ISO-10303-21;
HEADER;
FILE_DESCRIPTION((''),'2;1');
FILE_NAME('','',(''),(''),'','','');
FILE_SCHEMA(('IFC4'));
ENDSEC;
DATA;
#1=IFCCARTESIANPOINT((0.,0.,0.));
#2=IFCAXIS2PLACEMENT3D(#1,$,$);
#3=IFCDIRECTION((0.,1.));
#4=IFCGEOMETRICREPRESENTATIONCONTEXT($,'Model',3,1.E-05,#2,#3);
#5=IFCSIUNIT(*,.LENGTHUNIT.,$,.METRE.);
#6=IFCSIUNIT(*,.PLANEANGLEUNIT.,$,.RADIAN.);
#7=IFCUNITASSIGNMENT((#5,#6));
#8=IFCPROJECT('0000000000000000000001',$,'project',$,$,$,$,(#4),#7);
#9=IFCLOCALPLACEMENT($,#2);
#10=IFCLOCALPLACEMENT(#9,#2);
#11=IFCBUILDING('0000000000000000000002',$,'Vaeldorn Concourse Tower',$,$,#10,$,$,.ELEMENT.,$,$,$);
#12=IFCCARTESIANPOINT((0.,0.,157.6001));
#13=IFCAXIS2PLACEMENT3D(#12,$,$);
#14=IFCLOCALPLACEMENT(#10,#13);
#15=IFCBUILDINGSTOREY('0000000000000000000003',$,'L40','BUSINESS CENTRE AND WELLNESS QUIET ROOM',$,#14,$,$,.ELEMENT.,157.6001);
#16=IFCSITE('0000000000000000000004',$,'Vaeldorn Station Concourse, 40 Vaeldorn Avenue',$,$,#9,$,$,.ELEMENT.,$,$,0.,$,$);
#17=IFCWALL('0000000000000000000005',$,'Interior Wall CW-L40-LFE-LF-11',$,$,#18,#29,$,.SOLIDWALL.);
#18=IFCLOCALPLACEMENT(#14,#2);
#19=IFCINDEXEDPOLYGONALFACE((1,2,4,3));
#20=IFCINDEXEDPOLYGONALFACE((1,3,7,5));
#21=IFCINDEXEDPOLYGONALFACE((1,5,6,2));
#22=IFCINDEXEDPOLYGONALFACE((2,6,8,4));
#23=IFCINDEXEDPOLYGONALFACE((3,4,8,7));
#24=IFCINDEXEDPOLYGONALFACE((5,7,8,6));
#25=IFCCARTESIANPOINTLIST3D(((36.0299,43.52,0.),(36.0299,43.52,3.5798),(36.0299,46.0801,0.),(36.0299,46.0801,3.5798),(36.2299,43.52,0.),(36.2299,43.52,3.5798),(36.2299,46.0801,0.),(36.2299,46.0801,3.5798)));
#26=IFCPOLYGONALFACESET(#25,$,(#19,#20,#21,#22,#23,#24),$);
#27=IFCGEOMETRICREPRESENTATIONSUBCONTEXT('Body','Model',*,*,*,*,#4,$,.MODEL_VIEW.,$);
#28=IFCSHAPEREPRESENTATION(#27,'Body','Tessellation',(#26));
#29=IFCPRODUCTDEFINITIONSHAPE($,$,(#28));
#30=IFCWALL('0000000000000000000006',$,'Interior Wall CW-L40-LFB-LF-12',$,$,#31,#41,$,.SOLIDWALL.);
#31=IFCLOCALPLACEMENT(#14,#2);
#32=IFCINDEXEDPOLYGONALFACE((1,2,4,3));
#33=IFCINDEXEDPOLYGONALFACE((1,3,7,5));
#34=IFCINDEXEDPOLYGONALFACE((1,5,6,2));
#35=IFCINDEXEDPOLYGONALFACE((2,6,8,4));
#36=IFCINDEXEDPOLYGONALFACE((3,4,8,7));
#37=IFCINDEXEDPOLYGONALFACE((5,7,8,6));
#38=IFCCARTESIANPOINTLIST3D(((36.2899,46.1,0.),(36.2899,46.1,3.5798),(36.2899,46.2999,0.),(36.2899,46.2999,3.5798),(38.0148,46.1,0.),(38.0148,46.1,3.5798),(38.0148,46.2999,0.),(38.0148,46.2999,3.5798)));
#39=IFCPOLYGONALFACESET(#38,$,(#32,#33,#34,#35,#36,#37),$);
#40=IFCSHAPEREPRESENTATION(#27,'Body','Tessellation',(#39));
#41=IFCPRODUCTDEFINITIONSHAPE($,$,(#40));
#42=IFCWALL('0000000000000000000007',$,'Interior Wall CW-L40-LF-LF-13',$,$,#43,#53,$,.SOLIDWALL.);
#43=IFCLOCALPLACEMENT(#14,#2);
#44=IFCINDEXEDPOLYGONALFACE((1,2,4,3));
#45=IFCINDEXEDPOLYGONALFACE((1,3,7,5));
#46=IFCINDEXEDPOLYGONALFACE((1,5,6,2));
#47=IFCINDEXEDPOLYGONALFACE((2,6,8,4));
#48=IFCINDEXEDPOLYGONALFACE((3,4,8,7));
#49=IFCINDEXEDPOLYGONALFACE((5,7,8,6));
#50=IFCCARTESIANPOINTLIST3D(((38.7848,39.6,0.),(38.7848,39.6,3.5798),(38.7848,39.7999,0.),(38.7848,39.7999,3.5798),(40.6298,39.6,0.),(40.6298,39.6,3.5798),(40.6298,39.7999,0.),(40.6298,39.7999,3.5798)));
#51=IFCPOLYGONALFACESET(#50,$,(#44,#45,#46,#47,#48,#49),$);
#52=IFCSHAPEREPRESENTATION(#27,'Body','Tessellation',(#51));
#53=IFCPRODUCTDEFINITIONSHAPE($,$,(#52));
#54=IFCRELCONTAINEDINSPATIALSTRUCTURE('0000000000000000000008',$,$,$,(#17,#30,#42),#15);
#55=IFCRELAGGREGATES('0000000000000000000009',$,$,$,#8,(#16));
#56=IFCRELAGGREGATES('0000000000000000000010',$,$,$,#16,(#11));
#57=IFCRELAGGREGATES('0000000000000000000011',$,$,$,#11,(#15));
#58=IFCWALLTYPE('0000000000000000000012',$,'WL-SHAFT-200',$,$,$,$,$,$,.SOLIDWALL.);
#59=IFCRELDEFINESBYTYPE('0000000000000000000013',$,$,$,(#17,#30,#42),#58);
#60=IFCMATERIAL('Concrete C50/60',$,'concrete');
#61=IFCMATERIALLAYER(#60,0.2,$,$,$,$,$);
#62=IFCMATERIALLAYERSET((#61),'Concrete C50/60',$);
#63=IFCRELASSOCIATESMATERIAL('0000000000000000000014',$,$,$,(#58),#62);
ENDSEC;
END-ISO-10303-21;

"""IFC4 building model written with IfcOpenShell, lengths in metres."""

from ifc_helpers import new_model, si_unit, direction, frame, frame_2d, origin, place, context, subcontext, project, spatial, rectangle, extrude, material, layer, layer_set, type_object, element, save


model = new_model("IFC4")

# Units and contexts
model_context = context("Model", 3, precision=1e-05, world=origin(), true_north=direction((0.0, 1.0)))
body_context = subcontext(model_context, "Body", "Model", "MODEL_VIEW")
ifc_project = project(units=[si_unit("LENGTHUNIT", "METRE"), si_unit("PLANEANGLEUNIT", "RADIAN")], contexts=[model_context])

# Site, building, storey
site_placement = place(None, origin())
site = spatial("IfcSite", under=ifc_project, at=site_placement, Name="Vaeldorn Station Concourse, 40 Vaeldorn Avenue", CompositionType="ELEMENT", RefElevation=0.0)
building_placement = place(site_placement, origin())
building = spatial("IfcBuilding", under=site, at=building_placement, Name="Vaeldorn Concourse Tower", CompositionType="ELEMENT")
storey_placement = place(building_placement, frame((0.0, 0.0, 157.6001)))
storey = spatial("IfcBuildingStorey", under=building, at=storey_placement, Name="L40", Description="BUSINESS CENTRE AND WELLNESS QUIET ROOM", CompositionType="ELEMENT", Elevation=157.6001)

# Shared definitions
ifc_material_1 = material(Name="Concrete C50/60", Category="concrete")
ifc_layer_1 = layer(ifc_material_1, 0.2)
ifc_layer_set_1 = layer_set([ifc_layer_1], Name="Concrete C50/60")
wall_type_1 = type_object("IfcWallType", Name="WL-SHAFT-200", PredefinedType="SOLIDWALL", material=ifc_layer_set_1)

# Wall
wall_1_placement = place(storey_placement, frame((36.1299, 43.52, 0.0), z_axis=(0.0, 0.0, 1.0), x_axis=(0.0, 1.0, 0.0)))
element("IfcWall", 1, at=wall_1_placement, inside=storey, type_object=wall_type_1, Name="Interior Wall CW-L40-LFE-LF-11", PredefinedType="SOLIDWALL", context=body_context, shape_type="SweptSolid", body=[
    extrude(rectangle(XDim=2.5601, YDim=0.2, at=frame_2d((1.28, 0.0))), origin(), (0.0, 0.0, 1.0), 3.5798),
])

# Walls
wall_2_placement = place(storey_placement, frame((36.29, 46.2, 0.0), z_axis=(0.0, 0.0, 1.0), x_axis=(1.0, 0.0, 0.0)))
element("IfcWall", 2, at=wall_2_placement, inside=storey, type_object=wall_type_1, Name="Interior Wall CW-L40-LFB-LF-12", PredefinedType="SOLIDWALL", context=body_context, shape_type="SweptSolid", body=[
    extrude(rectangle(XDim=1.7249, YDim=0.2, at=frame_2d((0.8623, 0.0))), origin(), (0.0, 0.0, 1.0), 3.5798),
])
wall_3_placement = place(storey_placement, frame((38.7849, 39.7, 0.0), z_axis=(0.0, 0.0, 1.0), x_axis=(1.0, 0.0, 0.0)))
element("IfcWall", 3, at=wall_3_placement, inside=storey, type_object=wall_type_1, Name="Interior Wall CW-L40-LF-LF-13", PredefinedType="SOLIDWALL", context=body_context, shape_type="SweptSolid", body=[
    extrude(rectangle(XDim=1.845, YDim=0.2, at=frame_2d((0.9224, 0.0))), origin(), (0.0, 0.0, 1.0), 3.5798),
])

save(model, "model.ifc")
